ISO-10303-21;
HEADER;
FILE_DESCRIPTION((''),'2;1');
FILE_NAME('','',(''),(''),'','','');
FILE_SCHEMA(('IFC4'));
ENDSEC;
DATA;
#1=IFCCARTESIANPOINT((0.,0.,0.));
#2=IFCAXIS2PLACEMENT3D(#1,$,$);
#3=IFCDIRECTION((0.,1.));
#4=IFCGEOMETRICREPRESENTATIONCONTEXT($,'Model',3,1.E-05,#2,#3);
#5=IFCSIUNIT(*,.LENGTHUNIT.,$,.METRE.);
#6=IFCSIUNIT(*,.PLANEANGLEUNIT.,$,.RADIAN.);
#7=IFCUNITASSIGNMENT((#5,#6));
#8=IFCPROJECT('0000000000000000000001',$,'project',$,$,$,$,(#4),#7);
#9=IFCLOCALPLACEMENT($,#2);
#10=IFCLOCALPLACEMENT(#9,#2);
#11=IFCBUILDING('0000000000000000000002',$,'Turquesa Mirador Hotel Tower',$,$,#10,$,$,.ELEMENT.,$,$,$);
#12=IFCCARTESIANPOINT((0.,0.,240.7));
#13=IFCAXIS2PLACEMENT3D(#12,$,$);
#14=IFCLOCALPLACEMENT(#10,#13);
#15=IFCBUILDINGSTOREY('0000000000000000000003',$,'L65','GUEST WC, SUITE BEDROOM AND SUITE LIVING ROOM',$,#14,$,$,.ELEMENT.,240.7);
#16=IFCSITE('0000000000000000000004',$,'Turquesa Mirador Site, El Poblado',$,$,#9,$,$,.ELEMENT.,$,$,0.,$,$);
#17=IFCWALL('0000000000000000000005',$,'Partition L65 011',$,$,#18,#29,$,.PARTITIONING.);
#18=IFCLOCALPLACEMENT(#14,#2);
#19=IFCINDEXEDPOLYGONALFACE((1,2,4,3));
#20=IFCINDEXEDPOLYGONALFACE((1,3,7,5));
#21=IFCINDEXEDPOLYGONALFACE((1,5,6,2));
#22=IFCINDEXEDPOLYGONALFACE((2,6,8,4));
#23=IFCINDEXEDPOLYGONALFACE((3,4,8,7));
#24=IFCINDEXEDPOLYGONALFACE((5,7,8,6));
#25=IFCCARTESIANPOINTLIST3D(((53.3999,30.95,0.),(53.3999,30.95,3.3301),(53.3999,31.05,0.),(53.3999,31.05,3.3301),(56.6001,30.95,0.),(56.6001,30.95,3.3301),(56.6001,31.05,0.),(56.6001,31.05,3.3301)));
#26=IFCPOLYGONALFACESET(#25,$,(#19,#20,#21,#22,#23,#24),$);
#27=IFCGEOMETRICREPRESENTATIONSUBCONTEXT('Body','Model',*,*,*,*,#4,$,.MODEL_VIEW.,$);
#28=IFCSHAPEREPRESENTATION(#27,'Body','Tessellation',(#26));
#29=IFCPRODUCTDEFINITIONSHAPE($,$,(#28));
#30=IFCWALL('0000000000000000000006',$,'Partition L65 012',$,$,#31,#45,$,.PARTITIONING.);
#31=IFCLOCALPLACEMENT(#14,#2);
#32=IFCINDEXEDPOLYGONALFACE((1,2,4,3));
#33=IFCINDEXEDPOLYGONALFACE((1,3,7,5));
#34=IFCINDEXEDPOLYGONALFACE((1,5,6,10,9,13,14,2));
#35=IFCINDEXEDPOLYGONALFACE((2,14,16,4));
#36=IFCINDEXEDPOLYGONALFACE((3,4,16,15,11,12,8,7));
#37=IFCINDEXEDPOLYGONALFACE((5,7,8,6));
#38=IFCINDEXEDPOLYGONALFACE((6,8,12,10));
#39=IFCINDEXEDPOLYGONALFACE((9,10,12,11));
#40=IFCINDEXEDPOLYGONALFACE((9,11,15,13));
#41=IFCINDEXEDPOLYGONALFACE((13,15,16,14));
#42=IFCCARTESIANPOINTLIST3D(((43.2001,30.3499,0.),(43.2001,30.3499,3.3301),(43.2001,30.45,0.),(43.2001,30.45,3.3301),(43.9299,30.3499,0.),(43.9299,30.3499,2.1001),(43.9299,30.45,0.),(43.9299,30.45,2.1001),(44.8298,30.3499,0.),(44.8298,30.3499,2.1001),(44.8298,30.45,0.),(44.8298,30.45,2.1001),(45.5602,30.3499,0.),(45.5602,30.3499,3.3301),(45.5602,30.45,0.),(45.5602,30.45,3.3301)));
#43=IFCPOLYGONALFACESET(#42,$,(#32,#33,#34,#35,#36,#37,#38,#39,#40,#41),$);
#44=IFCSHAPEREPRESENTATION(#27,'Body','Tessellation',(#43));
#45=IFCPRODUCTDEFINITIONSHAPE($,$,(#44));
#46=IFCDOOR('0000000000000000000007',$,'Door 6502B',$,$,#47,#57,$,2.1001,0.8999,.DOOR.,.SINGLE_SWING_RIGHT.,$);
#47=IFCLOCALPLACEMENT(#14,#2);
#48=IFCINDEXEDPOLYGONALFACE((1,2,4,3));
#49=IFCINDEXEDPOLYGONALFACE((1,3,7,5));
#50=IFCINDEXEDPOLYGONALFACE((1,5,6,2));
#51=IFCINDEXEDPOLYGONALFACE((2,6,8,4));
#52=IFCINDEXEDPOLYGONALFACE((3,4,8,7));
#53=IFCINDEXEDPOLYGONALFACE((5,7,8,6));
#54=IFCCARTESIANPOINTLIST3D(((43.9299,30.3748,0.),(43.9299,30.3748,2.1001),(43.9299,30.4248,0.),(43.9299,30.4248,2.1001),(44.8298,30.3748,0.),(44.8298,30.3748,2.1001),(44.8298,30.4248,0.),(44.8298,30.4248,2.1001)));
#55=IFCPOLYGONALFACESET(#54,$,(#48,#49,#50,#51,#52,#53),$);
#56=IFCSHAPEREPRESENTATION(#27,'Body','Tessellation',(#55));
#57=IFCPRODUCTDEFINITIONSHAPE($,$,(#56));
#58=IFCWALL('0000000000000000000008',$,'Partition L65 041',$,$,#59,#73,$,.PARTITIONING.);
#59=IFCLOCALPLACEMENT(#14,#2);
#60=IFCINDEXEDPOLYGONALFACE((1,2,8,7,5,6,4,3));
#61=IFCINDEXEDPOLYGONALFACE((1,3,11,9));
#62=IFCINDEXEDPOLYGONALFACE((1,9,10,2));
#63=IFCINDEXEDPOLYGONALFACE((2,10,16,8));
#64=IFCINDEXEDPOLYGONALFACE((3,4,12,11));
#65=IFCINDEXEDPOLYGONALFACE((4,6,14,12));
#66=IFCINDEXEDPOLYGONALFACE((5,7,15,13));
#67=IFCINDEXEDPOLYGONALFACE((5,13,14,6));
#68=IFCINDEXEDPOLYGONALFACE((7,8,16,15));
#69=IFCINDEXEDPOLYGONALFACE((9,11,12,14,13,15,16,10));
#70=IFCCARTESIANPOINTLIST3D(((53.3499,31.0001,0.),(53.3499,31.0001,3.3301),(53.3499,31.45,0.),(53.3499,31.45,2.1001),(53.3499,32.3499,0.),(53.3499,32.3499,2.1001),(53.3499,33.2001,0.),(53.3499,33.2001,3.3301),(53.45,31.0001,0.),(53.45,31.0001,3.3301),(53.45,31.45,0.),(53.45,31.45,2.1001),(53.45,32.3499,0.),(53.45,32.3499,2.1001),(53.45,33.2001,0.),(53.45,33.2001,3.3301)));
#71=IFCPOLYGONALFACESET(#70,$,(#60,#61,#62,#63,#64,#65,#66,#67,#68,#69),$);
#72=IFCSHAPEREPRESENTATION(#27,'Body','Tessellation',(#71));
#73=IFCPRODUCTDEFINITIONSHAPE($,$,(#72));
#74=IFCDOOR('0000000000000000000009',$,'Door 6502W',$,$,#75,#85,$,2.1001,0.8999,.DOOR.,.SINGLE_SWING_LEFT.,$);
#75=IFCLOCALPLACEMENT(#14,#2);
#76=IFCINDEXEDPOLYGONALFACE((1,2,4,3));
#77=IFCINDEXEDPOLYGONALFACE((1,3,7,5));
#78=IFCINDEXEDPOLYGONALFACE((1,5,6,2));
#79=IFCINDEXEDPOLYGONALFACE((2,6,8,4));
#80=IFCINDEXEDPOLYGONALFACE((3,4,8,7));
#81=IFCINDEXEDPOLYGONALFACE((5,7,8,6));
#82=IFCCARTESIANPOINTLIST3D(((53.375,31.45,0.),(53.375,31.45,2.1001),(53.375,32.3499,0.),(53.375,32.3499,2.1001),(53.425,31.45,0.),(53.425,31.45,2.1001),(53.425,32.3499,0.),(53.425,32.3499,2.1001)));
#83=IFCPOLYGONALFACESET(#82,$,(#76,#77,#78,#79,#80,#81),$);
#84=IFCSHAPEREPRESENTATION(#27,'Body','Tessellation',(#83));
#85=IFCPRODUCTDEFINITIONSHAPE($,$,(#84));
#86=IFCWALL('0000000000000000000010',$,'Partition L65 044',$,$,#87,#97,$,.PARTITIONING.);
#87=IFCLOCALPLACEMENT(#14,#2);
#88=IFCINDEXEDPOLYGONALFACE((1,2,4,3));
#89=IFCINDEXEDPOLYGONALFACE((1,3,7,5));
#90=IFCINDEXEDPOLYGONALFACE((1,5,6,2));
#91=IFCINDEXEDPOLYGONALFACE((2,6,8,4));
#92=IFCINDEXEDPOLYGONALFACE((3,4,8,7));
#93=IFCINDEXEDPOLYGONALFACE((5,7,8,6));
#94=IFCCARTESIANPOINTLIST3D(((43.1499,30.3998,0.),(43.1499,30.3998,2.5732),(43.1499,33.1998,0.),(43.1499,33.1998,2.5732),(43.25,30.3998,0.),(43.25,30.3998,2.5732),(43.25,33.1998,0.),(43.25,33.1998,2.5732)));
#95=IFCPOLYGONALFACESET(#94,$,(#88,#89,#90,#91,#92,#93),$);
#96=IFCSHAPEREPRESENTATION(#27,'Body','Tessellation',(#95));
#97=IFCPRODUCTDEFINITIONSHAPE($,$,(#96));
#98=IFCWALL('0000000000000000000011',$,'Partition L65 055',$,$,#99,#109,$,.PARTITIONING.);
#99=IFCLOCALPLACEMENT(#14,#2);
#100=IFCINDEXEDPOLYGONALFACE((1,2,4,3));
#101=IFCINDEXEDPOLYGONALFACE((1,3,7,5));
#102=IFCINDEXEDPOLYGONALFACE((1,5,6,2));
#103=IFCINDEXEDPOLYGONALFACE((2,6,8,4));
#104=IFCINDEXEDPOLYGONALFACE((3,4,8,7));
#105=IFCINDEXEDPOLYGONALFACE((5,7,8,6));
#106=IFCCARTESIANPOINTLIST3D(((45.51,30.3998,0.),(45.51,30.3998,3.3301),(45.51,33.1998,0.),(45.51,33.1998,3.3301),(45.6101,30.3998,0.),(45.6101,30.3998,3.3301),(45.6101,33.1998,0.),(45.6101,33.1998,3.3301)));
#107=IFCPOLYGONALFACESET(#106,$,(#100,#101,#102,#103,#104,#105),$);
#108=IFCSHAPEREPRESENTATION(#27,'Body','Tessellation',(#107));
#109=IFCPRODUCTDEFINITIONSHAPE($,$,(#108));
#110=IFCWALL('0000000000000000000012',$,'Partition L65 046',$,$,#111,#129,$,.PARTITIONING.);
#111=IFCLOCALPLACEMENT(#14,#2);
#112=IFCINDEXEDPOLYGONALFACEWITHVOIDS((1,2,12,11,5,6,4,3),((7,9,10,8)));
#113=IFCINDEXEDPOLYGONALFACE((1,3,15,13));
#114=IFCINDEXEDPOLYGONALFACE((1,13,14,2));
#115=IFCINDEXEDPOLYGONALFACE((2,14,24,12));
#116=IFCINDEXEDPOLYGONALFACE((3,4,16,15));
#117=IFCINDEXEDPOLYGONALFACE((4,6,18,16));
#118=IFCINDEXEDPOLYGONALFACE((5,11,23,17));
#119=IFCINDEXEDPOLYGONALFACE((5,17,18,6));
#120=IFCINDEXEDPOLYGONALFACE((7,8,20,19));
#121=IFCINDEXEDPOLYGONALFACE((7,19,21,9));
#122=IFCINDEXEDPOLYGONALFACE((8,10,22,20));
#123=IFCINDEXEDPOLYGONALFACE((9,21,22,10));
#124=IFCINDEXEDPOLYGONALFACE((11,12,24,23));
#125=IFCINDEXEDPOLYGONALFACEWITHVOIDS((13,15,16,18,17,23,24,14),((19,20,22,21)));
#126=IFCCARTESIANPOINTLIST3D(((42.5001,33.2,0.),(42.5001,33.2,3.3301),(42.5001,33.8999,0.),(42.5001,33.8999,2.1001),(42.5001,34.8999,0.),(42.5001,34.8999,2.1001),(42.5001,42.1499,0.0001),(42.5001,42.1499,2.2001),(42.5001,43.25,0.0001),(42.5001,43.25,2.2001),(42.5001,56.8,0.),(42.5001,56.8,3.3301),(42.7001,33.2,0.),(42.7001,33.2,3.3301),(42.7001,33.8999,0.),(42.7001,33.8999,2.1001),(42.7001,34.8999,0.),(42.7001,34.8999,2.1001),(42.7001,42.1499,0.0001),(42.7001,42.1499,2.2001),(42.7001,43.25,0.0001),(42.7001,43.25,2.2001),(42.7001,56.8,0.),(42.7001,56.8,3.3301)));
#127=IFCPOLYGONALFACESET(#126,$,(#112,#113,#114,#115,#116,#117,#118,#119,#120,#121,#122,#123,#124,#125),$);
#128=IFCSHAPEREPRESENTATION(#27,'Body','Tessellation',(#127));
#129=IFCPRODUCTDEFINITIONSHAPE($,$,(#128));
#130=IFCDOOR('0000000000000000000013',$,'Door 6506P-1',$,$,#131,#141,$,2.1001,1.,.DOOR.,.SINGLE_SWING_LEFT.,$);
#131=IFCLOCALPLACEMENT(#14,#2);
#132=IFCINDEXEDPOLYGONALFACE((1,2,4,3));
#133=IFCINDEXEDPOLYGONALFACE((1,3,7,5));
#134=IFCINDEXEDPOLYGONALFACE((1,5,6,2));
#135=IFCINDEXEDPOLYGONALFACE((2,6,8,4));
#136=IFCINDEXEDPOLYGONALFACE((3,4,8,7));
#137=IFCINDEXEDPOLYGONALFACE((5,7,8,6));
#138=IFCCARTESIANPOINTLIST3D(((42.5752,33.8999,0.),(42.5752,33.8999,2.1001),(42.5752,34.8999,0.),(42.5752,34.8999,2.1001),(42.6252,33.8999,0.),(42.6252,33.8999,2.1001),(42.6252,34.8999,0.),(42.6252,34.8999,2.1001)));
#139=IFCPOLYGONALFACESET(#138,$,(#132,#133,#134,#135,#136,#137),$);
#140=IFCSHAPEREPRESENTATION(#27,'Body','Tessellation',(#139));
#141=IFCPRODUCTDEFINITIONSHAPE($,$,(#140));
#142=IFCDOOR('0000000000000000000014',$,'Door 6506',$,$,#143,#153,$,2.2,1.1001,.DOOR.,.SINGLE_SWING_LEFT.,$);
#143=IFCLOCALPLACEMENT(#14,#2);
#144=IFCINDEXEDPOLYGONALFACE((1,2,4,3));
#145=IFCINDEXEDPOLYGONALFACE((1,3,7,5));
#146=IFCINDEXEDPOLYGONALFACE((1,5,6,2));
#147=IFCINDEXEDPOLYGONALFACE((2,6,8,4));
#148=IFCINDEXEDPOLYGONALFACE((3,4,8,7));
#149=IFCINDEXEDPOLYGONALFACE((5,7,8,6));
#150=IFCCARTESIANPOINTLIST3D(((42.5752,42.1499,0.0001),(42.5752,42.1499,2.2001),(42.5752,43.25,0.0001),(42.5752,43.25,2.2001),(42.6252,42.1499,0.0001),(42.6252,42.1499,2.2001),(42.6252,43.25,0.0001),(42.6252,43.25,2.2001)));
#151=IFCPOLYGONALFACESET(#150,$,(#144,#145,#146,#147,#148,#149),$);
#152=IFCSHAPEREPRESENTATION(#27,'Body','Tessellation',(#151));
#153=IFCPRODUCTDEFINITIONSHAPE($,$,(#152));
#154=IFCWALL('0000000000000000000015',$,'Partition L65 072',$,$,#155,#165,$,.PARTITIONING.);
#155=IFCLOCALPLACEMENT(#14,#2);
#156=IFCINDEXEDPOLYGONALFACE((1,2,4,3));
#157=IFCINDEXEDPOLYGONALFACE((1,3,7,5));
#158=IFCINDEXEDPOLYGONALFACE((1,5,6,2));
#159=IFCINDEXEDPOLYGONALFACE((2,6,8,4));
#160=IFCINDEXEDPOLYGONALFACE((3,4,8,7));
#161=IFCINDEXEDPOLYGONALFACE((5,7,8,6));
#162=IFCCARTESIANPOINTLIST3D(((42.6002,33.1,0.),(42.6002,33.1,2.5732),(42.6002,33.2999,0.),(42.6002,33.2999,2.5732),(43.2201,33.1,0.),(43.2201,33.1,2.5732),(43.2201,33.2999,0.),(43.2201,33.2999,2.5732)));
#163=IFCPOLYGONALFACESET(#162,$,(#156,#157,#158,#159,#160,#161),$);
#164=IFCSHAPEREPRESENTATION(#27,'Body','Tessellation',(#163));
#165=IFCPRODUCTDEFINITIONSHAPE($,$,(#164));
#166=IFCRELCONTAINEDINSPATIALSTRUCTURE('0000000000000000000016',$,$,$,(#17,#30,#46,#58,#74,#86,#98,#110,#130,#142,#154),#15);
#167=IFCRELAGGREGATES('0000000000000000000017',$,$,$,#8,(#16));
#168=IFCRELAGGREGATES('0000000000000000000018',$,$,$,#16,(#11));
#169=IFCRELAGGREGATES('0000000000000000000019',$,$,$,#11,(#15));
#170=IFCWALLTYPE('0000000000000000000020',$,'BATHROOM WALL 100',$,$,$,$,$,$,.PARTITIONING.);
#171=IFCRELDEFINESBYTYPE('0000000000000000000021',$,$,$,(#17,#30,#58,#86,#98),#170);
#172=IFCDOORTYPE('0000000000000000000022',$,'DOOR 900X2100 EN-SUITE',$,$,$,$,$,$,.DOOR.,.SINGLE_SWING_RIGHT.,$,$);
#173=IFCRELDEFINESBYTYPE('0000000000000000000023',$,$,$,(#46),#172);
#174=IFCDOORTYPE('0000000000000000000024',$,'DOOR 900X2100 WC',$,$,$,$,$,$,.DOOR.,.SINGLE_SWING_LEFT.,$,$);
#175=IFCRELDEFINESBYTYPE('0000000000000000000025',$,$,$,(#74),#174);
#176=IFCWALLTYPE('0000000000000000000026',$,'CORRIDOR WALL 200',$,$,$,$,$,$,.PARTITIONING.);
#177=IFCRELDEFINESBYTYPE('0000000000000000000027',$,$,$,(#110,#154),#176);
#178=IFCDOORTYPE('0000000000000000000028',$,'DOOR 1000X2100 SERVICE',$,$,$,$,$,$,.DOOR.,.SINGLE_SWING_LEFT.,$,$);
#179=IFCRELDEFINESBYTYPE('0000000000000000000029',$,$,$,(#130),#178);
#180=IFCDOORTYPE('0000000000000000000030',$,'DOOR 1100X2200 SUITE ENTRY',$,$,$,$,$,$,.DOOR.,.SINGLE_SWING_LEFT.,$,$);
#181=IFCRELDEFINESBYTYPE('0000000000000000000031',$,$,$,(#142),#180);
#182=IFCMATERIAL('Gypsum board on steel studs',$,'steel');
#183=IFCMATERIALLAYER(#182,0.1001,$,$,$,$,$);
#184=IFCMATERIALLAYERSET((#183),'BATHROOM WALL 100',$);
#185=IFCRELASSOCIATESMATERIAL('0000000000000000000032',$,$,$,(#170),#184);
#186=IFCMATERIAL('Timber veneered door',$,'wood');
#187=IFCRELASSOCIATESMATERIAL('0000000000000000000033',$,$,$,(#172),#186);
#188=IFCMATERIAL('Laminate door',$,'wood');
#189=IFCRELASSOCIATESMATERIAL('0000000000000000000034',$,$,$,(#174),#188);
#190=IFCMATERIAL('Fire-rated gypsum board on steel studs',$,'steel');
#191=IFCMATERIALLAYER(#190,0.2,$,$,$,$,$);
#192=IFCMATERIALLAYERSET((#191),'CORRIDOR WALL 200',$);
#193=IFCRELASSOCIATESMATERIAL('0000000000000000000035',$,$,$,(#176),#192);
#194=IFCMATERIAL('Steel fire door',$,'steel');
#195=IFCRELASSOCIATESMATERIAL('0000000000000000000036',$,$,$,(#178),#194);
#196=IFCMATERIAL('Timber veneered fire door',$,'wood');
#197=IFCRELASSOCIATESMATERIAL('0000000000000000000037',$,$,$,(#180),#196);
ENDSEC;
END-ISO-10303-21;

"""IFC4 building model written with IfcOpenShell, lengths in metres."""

from ifc_helpers import new_model, si_unit, direction, frame, frame_2d, origin, place, context, subcontext, project, spatial, rectangle, extrude, material, layer, layer_set, type_object, element, fill, save


model = new_model("IFC4")

# Units and contexts
model_context = context("Model", 3, precision=1e-05, world=origin(), true_north=direction((0.0, 1.0)))
body_context = subcontext(model_context, "Body", "Model", "MODEL_VIEW")
ifc_project = project(units=[si_unit("LENGTHUNIT", "METRE"), si_unit("PLANEANGLEUNIT", "RADIAN")], contexts=[model_context])

# Site, building, storey
site_placement = place(None, origin())
site = spatial("IfcSite", under=ifc_project, at=site_placement, Name="Turquesa Mirador Site, El Poblado", CompositionType="ELEMENT", RefElevation=0.0)
building_placement = place(site_placement, origin())
building = spatial("IfcBuilding", under=site, at=building_placement, Name="Turquesa Mirador Hotel Tower", CompositionType="ELEMENT")
storey_placement = place(building_placement, frame((0.0, 0.0, 240.7)))
storey = spatial("IfcBuildingStorey", under=building, at=storey_placement, Name="L65", Description="GUEST WC, SUITE BEDROOM AND SUITE LIVING ROOM", CompositionType="ELEMENT", Elevation=240.7)

# Wall
ifc_material_1 = material(Name="Gypsum board on steel studs", Category="steel")
ifc_layer_1 = layer(ifc_material_1, 0.1001)
ifc_layer_set_1 = layer_set([ifc_layer_1], Name="BATHROOM WALL 100")
wall_type_1 = type_object("IfcWallType", Name="BATHROOM WALL 100", PredefinedType="PARTITIONING", material=ifc_layer_set_1)
wall_1_placement = place(storey_placement, frame((53.3999, 31.0, 0.0), z_axis=(0.0, 0.0, 1.0), x_axis=(1.0, 0.0, 0.0)))
element("IfcWall", 1, at=wall_1_placement, inside=storey, type_object=wall_type_1, Name="Partition L65 011", PredefinedType="PARTITIONING", context=body_context, shape_type="SweptSolid", body=[
    extrude(rectangle(XDim=3.2002, YDim=0.1001, at=frame_2d((1.6001, 0.0))), origin(), (0.0, 0.0, 1.0), 3.3301),
])

# Walls, openings, doors
wall_2_placement = place(storey_placement, frame((43.2, 30.3999, 0.0), z_axis=(0.0, 0.0, 1.0), x_axis=(1.0, 0.0, 0.0)))
wall_2 = element("IfcWall", 2, at=wall_2_placement, inside=storey, type_object=wall_type_1, Name="Partition L65 012", PredefinedType="PARTITIONING", context=body_context, shape_type="SweptSolid", body=[
    extrude(rectangle(XDim=2.3601, YDim=0.1001, at=frame_2d((1.1802, 0.0))), origin(), (0.0, 0.0, 1.0), 3.3301),
])
opening_1_placement = place(wall_2_placement, frame((0.73, 0.0, 0.0)))
opening_1 = element("IfcOpeningElement", 3, at=opening_1_placement, cuts=wall_2, PredefinedType="OPENING", context=body_context, shape_type="SweptSolid", body=[
    extrude(rectangle(XDim=0.8999, YDim=2.1001, at=frame_2d((0.45, 1.05))), frame((0.0, 0.0601, 0.0), z_axis=(0.0, -1.0, 0.0), x_axis=(1.0, 0.0, 0.0)), (0.0, 0.0, 1.0), 0.1201),
])
ifc_material_2 = material(Name="Timber veneered door", Category="wood")
door_type_1 = type_object("IfcDoorType", Name="DOOR 900X2100 EN-SUITE", OperationType="SINGLE_SWING_RIGHT", PredefinedType="DOOR", material=ifc_material_2)
door_1_placement = place(opening_1_placement, origin())
door_1 = element("IfcDoor", 4, at=door_1_placement, inside=storey, type_object=door_type_1, Name="Door 6502B", OperationType="SINGLE_SWING_RIGHT", OverallHeight=2.1001, OverallWidth=0.8999, PredefinedType="DOOR", context=body_context, shape_type="SweptSolid", body=[
    extrude(rectangle(XDim=0.8999, YDim=2.1001, at=frame_2d((0.45, 1.05))), frame((0.0, 0.0249, 0.0), z_axis=(0.0, -1.0, 0.0), x_axis=(1.0, 0.0, 0.0)), (0.0, 0.0, 1.0), 0.05),
])
fill(opening_1, door_1)
wall_3_placement = place(storey_placement, frame((53.3999, 31.0, 0.0), z_axis=(0.0, 0.0, 1.0), x_axis=(0.0, 1.0, 0.0)))
wall_3 = element("IfcWall", 5, at=wall_3_placement, inside=storey, type_object=wall_type_1, Name="Partition L65 041", PredefinedType="PARTITIONING", context=body_context, shape_type="SweptSolid", body=[
    extrude(rectangle(XDim=2.2, YDim=0.1001, at=frame_2d((1.1001, 0.0))), origin(), (0.0, 0.0, 1.0), 3.3301),
])
opening_2_placement = place(wall_3_placement, frame((0.45, 0.0, 0.0)))
opening_2 = element("IfcOpeningElement", 6, at=opening_2_placement, cuts=wall_3, PredefinedType="OPENING", context=body_context, shape_type="SweptSolid", body=[
    extrude(rectangle(XDim=0.8999, YDim=2.1001, at=frame_2d((0.45, 1.05))), frame((0.0, 0.0601, 0.0), z_axis=(0.0, -1.0, 0.0), x_axis=(1.0, 0.0, 0.0)), (0.0, 0.0, 1.0), 0.1201),
])
ifc_material_3 = material(Name="Laminate door", Category="wood")
door_type_2 = type_object("IfcDoorType", Name="DOOR 900X2100 WC", OperationType="SINGLE_SWING_LEFT", PredefinedType="DOOR", material=ifc_material_3)
door_2_placement = place(opening_2_placement, origin())
door_2 = element("IfcDoor", 7, at=door_2_placement, inside=storey, type_object=door_type_2, Name="Door 6502W", OperationType="SINGLE_SWING_LEFT", OverallHeight=2.1001, OverallWidth=0.8999, PredefinedType="DOOR", context=body_context, shape_type="SweptSolid", body=[
    extrude(rectangle(XDim=0.8999, YDim=2.1001, at=frame_2d((0.45, 1.05))), frame((0.0, 0.0249, 0.0), z_axis=(0.0, -1.0, 0.0), x_axis=(1.0, 0.0, 0.0)), (0.0, 0.0, 1.0), 0.05),
])
fill(opening_2, door_2)

# Walls
wall_4_placement = place(storey_placement, frame((43.2, 30.3999, 0.0), z_axis=(0.0, 0.0, 1.0), x_axis=(0.0, 1.0, 0.0)))
element("IfcWall", 8, at=wall_4_placement, inside=storey, type_object=wall_type_1, Name="Partition L65 044", PredefinedType="PARTITIONING", context=body_context, shape_type="SweptSolid", body=[
    extrude(rectangle(XDim=2.8, YDim=0.1001, at=frame_2d((1.3999, 0.0))), origin(), (0.0, 0.0, 1.0), 2.5732),
])
wall_5_placement = place(storey_placement, frame((45.5601, 30.3999, 0.0), z_axis=(0.0, 0.0, 1.0), x_axis=(0.0, 1.0, 0.0)))
element("IfcWall", 9, at=wall_5_placement, inside=storey, type_object=wall_type_1, Name="Partition L65 055", PredefinedType="PARTITIONING", context=body_context, shape_type="SweptSolid", body=[
    extrude(rectangle(XDim=2.8, YDim=0.1001, at=frame_2d((1.3999, 0.0))), origin(), (0.0, 0.0, 1.0), 3.3301),
])

# Wall, openings, doors
ifc_material_4 = material(Name="Fire-rated gypsum board on steel studs", Category="steel")
ifc_layer_2 = layer(ifc_material_4, 0.2)
ifc_layer_set_2 = layer_set([ifc_layer_2], Name="CORRIDOR WALL 200")
wall_type_2 = type_object("IfcWallType", Name="CORRIDOR WALL 200", PredefinedType="PARTITIONING", material=ifc_layer_set_2)
wall_6_placement = place(storey_placement, frame((42.6001, 33.2, 0.0), z_axis=(0.0, 0.0, 1.0), x_axis=(0.0, 1.0, 0.0)))
wall_6 = element("IfcWall", 10, at=wall_6_placement, inside=storey, type_object=wall_type_2, Name="Partition L65 046", PredefinedType="PARTITIONING", context=body_context, shape_type="SweptSolid", body=[
    extrude(rectangle(XDim=23.6001, YDim=0.2, at=frame_2d((11.8, 0.0))), origin(), (0.0, 0.0, 1.0), 3.3301),
])
opening_3_placement = place(wall_6_placement, frame((8.95, 0.0, 0.0)))
opening_3 = element("IfcOpeningElement", 11, at=opening_3_placement, cuts=wall_6, PredefinedType="OPENING", context=body_context, shape_type="SweptSolid", body=[
    extrude(rectangle(XDim=1.1001, YDim=2.2, at=frame_2d((0.55, 1.1001))), frame((0.0, 0.1099, 0.0), z_axis=(0.0, -1.0, 0.0), x_axis=(1.0, 0.0, 0.0)), (0.0, 0.0, 1.0), 0.22),
])
opening_4_placement = place(wall_6_placement, frame((0.7, 0.0, 0.0)))
opening_4 = element("IfcOpeningElement", 12, at=opening_4_placement, cuts=wall_6, PredefinedType="OPENING", context=body_context, shape_type="SweptSolid", body=[
    extrude(rectangle(XDim=1.0, YDim=2.1001, at=frame_2d((0.5, 1.05))), frame((0.0, 0.1099, 0.0), z_axis=(0.0, -1.0, 0.0), x_axis=(1.0, 0.0, 0.0)), (0.0, 0.0, 1.0), 0.22),
])
ifc_material_5 = material(Name="Steel fire door", Category="steel")
door_type_3 = type_object("IfcDoorType", Name="DOOR 1000X2100 SERVICE", OperationType="SINGLE_SWING_LEFT", PredefinedType="DOOR", material=ifc_material_5)
door_3_placement = place(opening_4_placement, origin())
door_3 = element("IfcDoor", 13, at=door_3_placement, inside=storey, type_object=door_type_3, Name="Door 6506P-1", OperationType="SINGLE_SWING_LEFT", OverallHeight=2.1001, OverallWidth=1.0, PredefinedType="DOOR", context=body_context, shape_type="SweptSolid", body=[
    extrude(rectangle(XDim=1.0, YDim=2.1001, at=frame_2d((0.5, 1.05))), frame((0.0, 0.0249, 0.0), z_axis=(0.0, -1.0, 0.0), x_axis=(1.0, 0.0, 0.0)), (0.0, 0.0, 1.0), 0.05),
])
fill(opening_4, door_3)
ifc_material_6 = material(Name="Timber veneered fire door", Category="wood")
door_type_4 = type_object("IfcDoorType", Name="DOOR 1100X2200 SUITE ENTRY", OperationType="SINGLE_SWING_LEFT", PredefinedType="DOOR", material=ifc_material_6)
door_4_placement = place(opening_3_placement, origin())
door_4 = element("IfcDoor", 14, at=door_4_placement, inside=storey, type_object=door_type_4, Name="Door 6506", OperationType="SINGLE_SWING_LEFT", OverallHeight=2.2, OverallWidth=1.1001, PredefinedType="DOOR", context=body_context, shape_type="SweptSolid", body=[
    extrude(rectangle(XDim=1.1001, YDim=2.2, at=frame_2d((0.55, 1.1001))), frame((0.0, 0.0249, 0.0), z_axis=(0.0, -1.0, 0.0), x_axis=(1.0, 0.0, 0.0)), (0.0, 0.0, 1.0), 0.05),
])
fill(opening_3, door_4)

# Wall
wall_7_placement = place(storey_placement, frame((42.6001, 33.2, 0.0), z_axis=(0.0, 0.0, 1.0), x_axis=(1.0, 0.0, 0.0)))
element("IfcWall", 15, at=wall_7_placement, inside=storey, type_object=wall_type_2, Name="Partition L65 072", PredefinedType="PARTITIONING", context=body_context, shape_type="SweptSolid", body=[
    extrude(rectangle(XDim=0.6199, YDim=0.2, at=frame_2d((0.3101, 0.0))), origin(), (0.0, 0.0, 1.0), 2.5732),
])

save(model, "model.ifc")
